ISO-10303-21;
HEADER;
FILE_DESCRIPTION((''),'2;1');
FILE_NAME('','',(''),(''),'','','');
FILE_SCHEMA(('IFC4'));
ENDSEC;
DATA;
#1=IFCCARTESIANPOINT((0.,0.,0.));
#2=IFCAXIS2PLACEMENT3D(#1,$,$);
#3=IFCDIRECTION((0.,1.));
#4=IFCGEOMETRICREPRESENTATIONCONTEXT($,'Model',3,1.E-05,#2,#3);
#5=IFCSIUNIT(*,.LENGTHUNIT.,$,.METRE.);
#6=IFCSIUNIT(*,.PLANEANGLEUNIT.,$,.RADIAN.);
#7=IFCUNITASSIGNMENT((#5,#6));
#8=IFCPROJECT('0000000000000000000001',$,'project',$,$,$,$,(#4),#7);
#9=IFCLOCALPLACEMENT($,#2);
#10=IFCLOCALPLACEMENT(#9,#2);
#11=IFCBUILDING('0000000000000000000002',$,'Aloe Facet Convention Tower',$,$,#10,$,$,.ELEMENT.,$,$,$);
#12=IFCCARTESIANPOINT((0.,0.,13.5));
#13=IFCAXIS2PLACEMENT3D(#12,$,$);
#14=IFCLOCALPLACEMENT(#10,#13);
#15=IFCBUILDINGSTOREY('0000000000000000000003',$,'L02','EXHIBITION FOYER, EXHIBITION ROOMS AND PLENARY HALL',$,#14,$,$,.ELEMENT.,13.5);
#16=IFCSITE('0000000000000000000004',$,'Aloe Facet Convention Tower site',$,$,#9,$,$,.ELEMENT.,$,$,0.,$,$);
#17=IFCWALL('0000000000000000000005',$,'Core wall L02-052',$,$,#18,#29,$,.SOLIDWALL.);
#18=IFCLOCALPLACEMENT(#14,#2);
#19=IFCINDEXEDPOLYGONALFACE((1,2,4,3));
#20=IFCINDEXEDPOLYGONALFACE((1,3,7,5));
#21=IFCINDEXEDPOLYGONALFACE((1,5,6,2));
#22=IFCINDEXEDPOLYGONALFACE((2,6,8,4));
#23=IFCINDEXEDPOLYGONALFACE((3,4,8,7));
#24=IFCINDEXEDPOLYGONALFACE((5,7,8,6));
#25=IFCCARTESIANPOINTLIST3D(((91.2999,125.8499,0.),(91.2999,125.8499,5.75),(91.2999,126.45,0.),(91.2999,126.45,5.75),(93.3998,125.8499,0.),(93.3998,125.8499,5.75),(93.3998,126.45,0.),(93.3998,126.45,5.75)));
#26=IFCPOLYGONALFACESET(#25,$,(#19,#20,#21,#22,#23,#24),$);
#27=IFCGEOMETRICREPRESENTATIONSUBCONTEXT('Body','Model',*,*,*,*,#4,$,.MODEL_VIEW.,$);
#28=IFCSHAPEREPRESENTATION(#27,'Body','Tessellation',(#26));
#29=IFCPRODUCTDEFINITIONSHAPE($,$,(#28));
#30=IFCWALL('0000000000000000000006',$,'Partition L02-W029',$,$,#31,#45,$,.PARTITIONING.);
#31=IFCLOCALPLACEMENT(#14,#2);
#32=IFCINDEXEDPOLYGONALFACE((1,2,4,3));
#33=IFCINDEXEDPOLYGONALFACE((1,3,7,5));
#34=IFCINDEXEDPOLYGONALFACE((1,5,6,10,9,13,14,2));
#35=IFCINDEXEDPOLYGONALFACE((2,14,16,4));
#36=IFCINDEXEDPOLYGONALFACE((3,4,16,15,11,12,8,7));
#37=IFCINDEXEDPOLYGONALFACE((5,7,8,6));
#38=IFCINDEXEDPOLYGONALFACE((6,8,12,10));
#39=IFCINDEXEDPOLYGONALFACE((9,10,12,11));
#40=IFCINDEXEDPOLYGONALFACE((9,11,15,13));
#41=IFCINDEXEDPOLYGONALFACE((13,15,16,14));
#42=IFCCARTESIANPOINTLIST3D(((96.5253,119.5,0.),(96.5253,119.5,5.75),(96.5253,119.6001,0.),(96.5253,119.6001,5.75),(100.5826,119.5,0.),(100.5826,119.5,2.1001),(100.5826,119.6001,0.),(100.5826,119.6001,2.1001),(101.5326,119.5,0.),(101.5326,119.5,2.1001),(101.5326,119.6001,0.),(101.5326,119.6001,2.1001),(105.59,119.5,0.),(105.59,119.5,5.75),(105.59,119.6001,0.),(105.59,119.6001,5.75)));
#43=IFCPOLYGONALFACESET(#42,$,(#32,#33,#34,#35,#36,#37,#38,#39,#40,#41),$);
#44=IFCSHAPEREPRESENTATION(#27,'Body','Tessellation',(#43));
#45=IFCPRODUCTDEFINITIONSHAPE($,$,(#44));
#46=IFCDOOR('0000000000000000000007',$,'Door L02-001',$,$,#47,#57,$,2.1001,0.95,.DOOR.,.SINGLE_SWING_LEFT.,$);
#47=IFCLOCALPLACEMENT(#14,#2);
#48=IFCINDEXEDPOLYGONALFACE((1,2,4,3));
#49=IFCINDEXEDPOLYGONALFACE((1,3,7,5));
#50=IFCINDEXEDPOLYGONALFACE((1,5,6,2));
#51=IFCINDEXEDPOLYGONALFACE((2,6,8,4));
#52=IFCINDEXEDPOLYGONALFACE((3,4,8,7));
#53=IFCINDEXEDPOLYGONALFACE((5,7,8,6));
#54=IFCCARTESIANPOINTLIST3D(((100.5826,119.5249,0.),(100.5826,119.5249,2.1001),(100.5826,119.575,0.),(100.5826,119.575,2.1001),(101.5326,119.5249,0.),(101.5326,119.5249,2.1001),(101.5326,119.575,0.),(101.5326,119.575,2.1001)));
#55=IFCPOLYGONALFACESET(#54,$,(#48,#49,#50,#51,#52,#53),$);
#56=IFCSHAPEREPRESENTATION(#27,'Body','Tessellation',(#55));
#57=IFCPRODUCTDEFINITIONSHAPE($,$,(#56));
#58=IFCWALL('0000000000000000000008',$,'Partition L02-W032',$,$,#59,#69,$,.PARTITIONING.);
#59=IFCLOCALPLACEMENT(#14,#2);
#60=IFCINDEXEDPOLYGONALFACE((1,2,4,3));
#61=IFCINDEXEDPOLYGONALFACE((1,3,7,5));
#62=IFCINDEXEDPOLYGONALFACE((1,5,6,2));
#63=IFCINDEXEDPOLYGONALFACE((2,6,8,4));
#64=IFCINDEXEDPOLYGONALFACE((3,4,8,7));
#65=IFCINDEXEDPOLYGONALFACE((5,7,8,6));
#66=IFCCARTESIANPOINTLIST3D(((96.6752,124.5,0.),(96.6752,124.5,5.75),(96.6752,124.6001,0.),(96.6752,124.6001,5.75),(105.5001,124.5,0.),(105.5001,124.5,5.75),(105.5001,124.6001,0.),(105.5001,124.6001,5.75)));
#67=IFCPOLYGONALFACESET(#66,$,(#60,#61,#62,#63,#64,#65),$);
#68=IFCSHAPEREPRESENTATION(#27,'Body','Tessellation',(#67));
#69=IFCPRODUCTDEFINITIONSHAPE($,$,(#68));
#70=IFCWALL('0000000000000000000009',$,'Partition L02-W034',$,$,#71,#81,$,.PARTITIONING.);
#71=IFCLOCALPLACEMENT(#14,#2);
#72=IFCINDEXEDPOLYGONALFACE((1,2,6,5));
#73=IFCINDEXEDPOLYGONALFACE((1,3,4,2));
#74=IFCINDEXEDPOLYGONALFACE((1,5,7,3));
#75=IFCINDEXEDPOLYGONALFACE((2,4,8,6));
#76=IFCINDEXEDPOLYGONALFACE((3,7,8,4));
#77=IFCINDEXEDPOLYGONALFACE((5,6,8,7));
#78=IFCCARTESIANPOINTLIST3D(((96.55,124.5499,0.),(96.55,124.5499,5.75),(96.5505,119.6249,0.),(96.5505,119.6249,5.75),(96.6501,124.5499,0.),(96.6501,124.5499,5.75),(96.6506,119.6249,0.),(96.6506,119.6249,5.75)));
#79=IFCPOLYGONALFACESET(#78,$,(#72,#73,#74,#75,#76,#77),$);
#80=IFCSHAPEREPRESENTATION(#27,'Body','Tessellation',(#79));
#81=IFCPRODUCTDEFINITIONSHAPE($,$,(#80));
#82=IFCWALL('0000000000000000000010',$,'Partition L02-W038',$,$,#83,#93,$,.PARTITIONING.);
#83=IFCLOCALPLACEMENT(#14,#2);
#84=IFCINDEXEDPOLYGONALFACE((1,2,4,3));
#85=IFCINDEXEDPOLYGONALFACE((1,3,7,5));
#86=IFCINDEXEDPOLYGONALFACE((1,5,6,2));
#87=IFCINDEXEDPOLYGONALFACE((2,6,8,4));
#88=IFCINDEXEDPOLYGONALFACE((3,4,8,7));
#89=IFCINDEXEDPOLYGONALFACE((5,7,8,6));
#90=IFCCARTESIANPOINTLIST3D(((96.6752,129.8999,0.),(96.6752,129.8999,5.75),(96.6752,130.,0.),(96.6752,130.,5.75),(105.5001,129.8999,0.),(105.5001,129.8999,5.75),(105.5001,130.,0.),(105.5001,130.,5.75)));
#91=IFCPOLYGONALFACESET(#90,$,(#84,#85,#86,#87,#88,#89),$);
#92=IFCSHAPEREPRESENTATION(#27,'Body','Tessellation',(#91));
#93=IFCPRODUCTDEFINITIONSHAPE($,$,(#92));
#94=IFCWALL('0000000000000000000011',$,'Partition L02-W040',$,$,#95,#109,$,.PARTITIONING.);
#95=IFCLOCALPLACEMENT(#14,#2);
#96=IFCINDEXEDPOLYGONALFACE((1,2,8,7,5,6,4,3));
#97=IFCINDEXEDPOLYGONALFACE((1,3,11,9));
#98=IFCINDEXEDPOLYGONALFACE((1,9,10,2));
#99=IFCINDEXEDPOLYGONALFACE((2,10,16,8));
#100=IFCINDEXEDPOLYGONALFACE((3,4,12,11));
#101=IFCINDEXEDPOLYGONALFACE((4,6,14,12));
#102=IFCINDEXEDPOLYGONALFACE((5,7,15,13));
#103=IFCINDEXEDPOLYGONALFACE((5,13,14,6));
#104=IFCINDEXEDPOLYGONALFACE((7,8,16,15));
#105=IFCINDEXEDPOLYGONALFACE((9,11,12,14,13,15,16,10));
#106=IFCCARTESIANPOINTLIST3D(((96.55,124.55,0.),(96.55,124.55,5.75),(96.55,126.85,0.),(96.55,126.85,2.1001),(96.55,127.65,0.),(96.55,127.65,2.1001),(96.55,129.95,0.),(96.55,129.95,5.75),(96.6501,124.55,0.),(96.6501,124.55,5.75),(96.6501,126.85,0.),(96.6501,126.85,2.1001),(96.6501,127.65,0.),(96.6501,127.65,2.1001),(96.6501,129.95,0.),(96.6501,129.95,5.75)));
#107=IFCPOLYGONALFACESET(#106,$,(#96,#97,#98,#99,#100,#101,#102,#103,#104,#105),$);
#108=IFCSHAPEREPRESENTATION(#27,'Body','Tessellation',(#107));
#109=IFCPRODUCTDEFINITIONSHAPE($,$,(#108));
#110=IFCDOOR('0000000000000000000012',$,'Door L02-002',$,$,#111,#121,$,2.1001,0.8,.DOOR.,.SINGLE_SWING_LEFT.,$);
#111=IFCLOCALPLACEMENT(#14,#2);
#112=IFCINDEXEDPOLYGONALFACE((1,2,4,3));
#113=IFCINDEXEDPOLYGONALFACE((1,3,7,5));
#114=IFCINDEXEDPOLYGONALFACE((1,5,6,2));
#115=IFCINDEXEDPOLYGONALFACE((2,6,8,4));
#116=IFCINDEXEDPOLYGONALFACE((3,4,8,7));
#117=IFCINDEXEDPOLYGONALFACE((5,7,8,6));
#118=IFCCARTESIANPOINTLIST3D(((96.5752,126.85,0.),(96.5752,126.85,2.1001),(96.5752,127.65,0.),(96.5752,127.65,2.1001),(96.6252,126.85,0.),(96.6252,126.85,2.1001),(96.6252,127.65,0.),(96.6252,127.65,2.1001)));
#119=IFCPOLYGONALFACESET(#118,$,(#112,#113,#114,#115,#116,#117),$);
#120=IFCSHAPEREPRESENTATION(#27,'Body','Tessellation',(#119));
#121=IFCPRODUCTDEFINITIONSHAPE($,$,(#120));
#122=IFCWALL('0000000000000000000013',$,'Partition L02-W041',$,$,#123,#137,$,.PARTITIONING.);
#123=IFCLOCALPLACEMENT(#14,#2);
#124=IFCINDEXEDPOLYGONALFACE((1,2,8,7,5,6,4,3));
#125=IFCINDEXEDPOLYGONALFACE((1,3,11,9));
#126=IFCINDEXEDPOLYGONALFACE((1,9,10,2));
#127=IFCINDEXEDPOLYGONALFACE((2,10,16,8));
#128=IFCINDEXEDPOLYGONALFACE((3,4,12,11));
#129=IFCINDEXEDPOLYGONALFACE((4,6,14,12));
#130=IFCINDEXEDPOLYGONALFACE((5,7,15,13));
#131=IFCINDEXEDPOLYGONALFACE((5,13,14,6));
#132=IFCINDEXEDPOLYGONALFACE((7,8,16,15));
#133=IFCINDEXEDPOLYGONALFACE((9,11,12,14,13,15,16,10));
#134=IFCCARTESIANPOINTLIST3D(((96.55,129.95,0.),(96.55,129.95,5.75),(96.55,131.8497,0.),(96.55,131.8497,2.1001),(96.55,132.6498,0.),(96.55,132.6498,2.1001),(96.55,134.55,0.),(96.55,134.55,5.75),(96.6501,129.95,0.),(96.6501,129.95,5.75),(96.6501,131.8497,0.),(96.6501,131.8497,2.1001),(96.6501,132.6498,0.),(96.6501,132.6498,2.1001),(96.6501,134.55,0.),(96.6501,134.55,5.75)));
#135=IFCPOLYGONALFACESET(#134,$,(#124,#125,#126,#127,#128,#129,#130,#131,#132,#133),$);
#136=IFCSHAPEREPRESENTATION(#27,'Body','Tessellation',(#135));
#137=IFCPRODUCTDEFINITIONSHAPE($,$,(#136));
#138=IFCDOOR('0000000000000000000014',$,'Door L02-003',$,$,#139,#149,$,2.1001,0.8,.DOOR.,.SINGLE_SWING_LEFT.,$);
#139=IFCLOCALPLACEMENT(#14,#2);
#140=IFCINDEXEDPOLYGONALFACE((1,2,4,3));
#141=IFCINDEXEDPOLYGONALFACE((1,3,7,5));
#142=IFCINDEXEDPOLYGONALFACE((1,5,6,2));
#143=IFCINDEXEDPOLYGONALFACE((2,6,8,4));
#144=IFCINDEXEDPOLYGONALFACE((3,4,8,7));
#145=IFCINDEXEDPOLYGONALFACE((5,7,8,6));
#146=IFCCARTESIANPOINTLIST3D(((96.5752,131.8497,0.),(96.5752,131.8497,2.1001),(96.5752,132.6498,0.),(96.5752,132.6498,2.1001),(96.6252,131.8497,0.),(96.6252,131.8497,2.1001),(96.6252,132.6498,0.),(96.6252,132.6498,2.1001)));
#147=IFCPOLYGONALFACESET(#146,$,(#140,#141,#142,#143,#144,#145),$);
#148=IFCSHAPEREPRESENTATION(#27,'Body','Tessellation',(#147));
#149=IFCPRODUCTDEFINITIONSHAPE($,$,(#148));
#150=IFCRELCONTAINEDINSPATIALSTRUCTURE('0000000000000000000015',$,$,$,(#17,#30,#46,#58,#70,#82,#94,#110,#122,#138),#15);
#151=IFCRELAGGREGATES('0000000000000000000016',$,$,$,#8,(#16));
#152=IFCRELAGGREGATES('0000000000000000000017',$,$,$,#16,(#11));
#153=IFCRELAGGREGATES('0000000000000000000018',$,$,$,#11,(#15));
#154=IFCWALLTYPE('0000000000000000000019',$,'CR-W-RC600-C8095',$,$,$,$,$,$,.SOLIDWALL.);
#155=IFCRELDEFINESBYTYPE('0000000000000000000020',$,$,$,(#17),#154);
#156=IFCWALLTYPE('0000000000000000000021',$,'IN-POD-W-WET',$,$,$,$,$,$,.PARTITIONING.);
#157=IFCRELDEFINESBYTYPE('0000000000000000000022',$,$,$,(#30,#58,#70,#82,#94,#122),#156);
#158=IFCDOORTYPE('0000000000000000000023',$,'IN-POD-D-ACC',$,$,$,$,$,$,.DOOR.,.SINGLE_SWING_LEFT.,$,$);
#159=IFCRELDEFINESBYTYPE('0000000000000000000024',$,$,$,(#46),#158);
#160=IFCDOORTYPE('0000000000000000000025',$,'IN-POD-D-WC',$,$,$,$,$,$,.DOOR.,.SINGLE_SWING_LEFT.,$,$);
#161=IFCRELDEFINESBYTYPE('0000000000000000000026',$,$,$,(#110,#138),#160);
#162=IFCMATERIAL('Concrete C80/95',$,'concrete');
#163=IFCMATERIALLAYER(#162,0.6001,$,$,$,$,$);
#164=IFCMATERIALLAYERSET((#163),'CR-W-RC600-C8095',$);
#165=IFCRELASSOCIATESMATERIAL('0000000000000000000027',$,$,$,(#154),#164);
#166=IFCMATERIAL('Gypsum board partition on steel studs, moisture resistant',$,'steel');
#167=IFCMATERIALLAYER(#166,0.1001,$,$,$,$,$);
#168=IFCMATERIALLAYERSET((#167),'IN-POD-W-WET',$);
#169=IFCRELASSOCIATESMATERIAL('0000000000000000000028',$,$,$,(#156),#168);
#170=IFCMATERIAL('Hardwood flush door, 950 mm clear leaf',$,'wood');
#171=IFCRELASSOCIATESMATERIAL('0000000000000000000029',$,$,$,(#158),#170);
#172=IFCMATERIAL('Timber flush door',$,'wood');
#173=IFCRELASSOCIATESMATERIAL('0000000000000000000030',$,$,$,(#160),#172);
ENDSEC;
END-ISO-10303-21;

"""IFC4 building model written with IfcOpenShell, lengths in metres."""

from ifc_helpers import new_model, si_unit, direction, frame, frame_2d, origin, place, context, subcontext, project, spatial, rectangle, extrude, material, layer, layer_set, type_object, element, fill, save


model = new_model("IFC4")

# Units and contexts
model_context = context("Model", 3, precision=1e-05, world=origin(), true_north=direction((0.0, 1.0)))
body_context = subcontext(model_context, "Body", "Model", "MODEL_VIEW")
ifc_project = project(units=[si_unit("LENGTHUNIT", "METRE"), si_unit("PLANEANGLEUNIT", "RADIAN")], contexts=[model_context])

# Site, building, storey
site_placement = place(None, origin())
site = spatial("IfcSite", under=ifc_project, at=site_placement, Name="Aloe Facet Convention Tower site", CompositionType="ELEMENT", RefElevation=0.0)
building_placement = place(site_placement, origin())
building = spatial("IfcBuilding", under=site, at=building_placement, Name="Aloe Facet Convention Tower", CompositionType="ELEMENT")
storey_placement = place(building_placement, frame((0.0, 0.0, 13.5)))
storey = spatial("IfcBuildingStorey", under=building, at=storey_placement, Name="L02", Description="EXHIBITION FOYER, EXHIBITION ROOMS AND PLENARY HALL", CompositionType="ELEMENT", Elevation=13.5)

# Wall
ifc_material_1 = material(Name="Concrete C80/95", Category="concrete")
ifc_layer_1 = layer(ifc_material_1, 0.6001)
ifc_layer_set_1 = layer_set([ifc_layer_1], Name="CR-W-RC600-C8095")
wall_type_1 = type_object("IfcWallType", Name="CR-W-RC600-C8095", PredefinedType="SOLIDWALL", material=ifc_layer_set_1)
wall_1_placement = place(storey_placement, frame((91.3, 126.1499, 0.0), z_axis=(0.0, 0.0, 1.0), x_axis=(1.0, 0.0, 0.0)))
element("IfcWall", 1, at=wall_1_placement, inside=storey, type_object=wall_type_1, Name="Core wall L02-052", PredefinedType="SOLIDWALL", context=body_context, shape_type="SweptSolid", body=[
    extrude(rectangle(XDim=2.0999, YDim=0.6001, at=frame_2d((1.0498, 0.0))), origin(), (0.0, 0.0, 1.0), 5.75),
])

# Wall, opening, door
ifc_material_2 = material(Name="Gypsum board partition on steel studs, moisture resistant", Category="steel")
ifc_layer_2 = layer(ifc_material_2, 0.1001)
ifc_layer_set_2 = layer_set([ifc_layer_2], Name="IN-POD-W-WET")
wall_type_2 = type_object("IfcWallType", Name="IN-POD-W-WET", PredefinedType="PARTITIONING", material=ifc_layer_set_2)
wall_2_placement = place(storey_placement, frame((96.5254, 119.55, 0.0), z_axis=(0.0, 0.0, 1.0), x_axis=(1.0, 0.0, 0.0)))
wall_2 = element("IfcWall", 2, at=wall_2_placement, inside=storey, type_object=wall_type_2, Name="Partition L02-W029", PredefinedType="PARTITIONING", context=body_context, shape_type="SweptSolid", body=[
    extrude(rectangle(XDim=9.0647, YDim=0.1001, at=frame_2d((4.5322, 0.0))), origin(), (0.0, 0.0, 1.0), 5.75),
])
opening_1_placement = place(wall_2_placement, frame((4.0571, 0.0, 0.0)))
opening_1 = element("IfcOpeningElement", 3, at=opening_1_placement, cuts=wall_2, PredefinedType="OPENING", context=body_context, shape_type="SweptSolid", body=[
    extrude(rectangle(XDim=0.95, YDim=2.1001, at=frame_2d((0.4751, 1.05))), frame((0.0, 0.0601, 0.0), z_axis=(0.0, -1.0, 0.0), x_axis=(1.0, 0.0, 0.0)), (0.0, 0.0, 1.0), 0.1201),
])
ifc_material_3 = material(Name="Hardwood flush door, 950 mm clear leaf", Category="wood")
door_type_1 = type_object("IfcDoorType", Name="IN-POD-D-ACC", OperationType="SINGLE_SWING_LEFT", PredefinedType="DOOR", material=ifc_material_3)
door_1_placement = place(opening_1_placement, origin())
door_1 = element("IfcDoor", 4, at=door_1_placement, inside=storey, type_object=door_type_1, Name="Door L02-001", OperationType="SINGLE_SWING_LEFT", OverallHeight=2.1001, OverallWidth=0.95, PredefinedType="DOOR", context=body_context, shape_type="SweptSolid", body=[
    extrude(rectangle(XDim=0.95, YDim=2.1001, at=frame_2d((0.4751, 1.05))), frame((0.0, 0.0249, 0.0), z_axis=(0.0, -1.0, 0.0), x_axis=(1.0, 0.0, 0.0)), (0.0, 0.0, 1.0), 0.05),
])
fill(opening_1, door_1)

# Walls
wall_3_placement = place(storey_placement, frame((96.675, 124.55, 0.0), z_axis=(0.0, 0.0, 1.0), x_axis=(1.0, 0.0, 0.0)))
element("IfcWall", 5, at=wall_3_placement, inside=storey, type_object=wall_type_2, Name="Partition L02-W032", PredefinedType="PARTITIONING", context=body_context, shape_type="SweptSolid", body=[
    extrude(rectangle(XDim=8.825, YDim=0.1001, at=frame_2d((4.4126, 0.0))), origin(), (0.0, 0.0, 1.0), 5.75),
])
wall_4_placement = place(storey_placement, frame((96.6006, 119.625, 0.0), z_axis=(0.0, 0.0, 1.0), x_axis=(-0.000099, 1.0, 0.0)))
element("IfcWall", 6, at=wall_4_placement, inside=storey, type_object=wall_type_2, Name="Partition L02-W034", PredefinedType="PARTITIONING", context=body_context, shape_type="SweptSolid", body=[
    extrude(rectangle(XDim=4.925, YDim=0.1001, at=frame_2d((2.4624, 0.0))), origin(), (0.0, 0.0, 1.0), 5.75),
])
wall_5_placement = place(storey_placement, frame((96.675, 129.95, 0.0), z_axis=(0.0, 0.0, 1.0), x_axis=(1.0, 0.0, 0.0)))
element("IfcWall", 7, at=wall_5_placement, inside=storey, type_object=wall_type_2, Name="Partition L02-W038", PredefinedType="PARTITIONING", context=body_context, shape_type="SweptSolid", body=[
    extrude(rectangle(XDim=8.825, YDim=0.1001, at=frame_2d((4.4126, 0.0))), origin(), (0.0, 0.0, 1.0), 5.75),
])

# Walls, openings, doors
wall_6_placement = place(storey_placement, frame((96.6001, 124.55, 0.0), z_axis=(0.0, 0.0, 1.0), x_axis=(0.0, 1.0, 0.0)))
wall_6 = element("IfcWall", 8, at=wall_6_placement, inside=storey, type_object=wall_type_2, Name="Partition L02-W040", PredefinedType="PARTITIONING", context=body_context, shape_type="SweptSolid", body=[
    extrude(rectangle(XDim=5.3999, YDim=0.1001, at=frame_2d((2.7, 0.0))), origin(), (0.0, 0.0, 1.0), 5.75),
])
opening_2_placement = place(wall_6_placement, frame((2.3, 0.0, 0.0)))
opening_2 = element("IfcOpeningElement", 9, at=opening_2_placement, cuts=wall_6, PredefinedType="OPENING", context=body_context, shape_type="SweptSolid", body=[
    extrude(rectangle(XDim=0.8, YDim=2.1001, at=frame_2d((0.3999, 1.05))), frame((0.0, 0.0601, 0.0), z_axis=(0.0, -1.0, 0.0), x_axis=(1.0, 0.0, 0.0)), (0.0, 0.0, 1.0), 0.1201),
])
ifc_material_4 = material(Name="Timber flush door", Category="wood")
door_type_2 = type_object("IfcDoorType", Name="IN-POD-D-WC", OperationType="SINGLE_SWING_LEFT", PredefinedType="DOOR", material=ifc_material_4)
door_2_placement = place(opening_2_placement, origin())
door_2 = element("IfcDoor", 10, at=door_2_placement, inside=storey, type_object=door_type_2, Name="Door L02-002", OperationType="SINGLE_SWING_LEFT", OverallHeight=2.1001, OverallWidth=0.8, PredefinedType="DOOR", context=body_context, shape_type="SweptSolid", body=[
    extrude(rectangle(XDim=0.8, YDim=2.1001, at=frame_2d((0.3999, 1.05))), frame((0.0, 0.0249, 0.0), z_axis=(0.0, -1.0, 0.0), x_axis=(1.0, 0.0, 0.0)), (0.0, 0.0, 1.0), 0.05),
])
fill(opening_2, door_2)
wall_7_placement = place(storey_placement, frame((96.6001, 129.95, 0.0), z_axis=(0.0, 0.0, 1.0), x_axis=(0.0, 1.0, 0.0)))
wall_7 = element("IfcWall", 11, at=wall_7_placement, inside=storey, type_object=wall_type_2, Name="Partition L02-W041", PredefinedType="PARTITIONING", context=body_context, shape_type="SweptSolid", body=[
    extrude(rectangle(XDim=4.6001, YDim=0.1001, at=frame_2d((2.3, 0.0))), origin(), (0.0, 0.0, 1.0), 5.75),
])
opening_3_placement = place(wall_7_placement, frame((1.8999, 0.0, 0.0)))
opening_3 = element("IfcOpeningElement", 12, at=opening_3_placement, cuts=wall_7, PredefinedType="OPENING", context=body_context, shape_type="SweptSolid", body=[
    extrude(rectangle(XDim=0.8, YDim=2.1001, at=frame_2d((0.3999, 1.05))), frame((0.0, 0.0601, 0.0), z_axis=(0.0, -1.0, 0.0), x_axis=(1.0, 0.0, 0.0)), (0.0, 0.0, 1.0), 0.1201),
])
door_3_placement = place(opening_3_placement, origin())
door_3 = element("IfcDoor", 13, at=door_3_placement, inside=storey, type_object=door_type_2, Name="Door L02-003", OperationType="SINGLE_SWING_LEFT", OverallHeight=2.1001, OverallWidth=0.8, PredefinedType="DOOR", context=body_context, shape_type="SweptSolid", body=[
    extrude(rectangle(XDim=0.8, YDim=2.1001, at=frame_2d((0.3999, 1.05))), frame((0.0, 0.0249, 0.0), z_axis=(0.0, -1.0, 0.0), x_axis=(1.0, 0.0, 0.0)), (0.0, 0.0, 1.0), 0.05),
])
fill(opening_3, door_3)

save(model, "model.ifc")
